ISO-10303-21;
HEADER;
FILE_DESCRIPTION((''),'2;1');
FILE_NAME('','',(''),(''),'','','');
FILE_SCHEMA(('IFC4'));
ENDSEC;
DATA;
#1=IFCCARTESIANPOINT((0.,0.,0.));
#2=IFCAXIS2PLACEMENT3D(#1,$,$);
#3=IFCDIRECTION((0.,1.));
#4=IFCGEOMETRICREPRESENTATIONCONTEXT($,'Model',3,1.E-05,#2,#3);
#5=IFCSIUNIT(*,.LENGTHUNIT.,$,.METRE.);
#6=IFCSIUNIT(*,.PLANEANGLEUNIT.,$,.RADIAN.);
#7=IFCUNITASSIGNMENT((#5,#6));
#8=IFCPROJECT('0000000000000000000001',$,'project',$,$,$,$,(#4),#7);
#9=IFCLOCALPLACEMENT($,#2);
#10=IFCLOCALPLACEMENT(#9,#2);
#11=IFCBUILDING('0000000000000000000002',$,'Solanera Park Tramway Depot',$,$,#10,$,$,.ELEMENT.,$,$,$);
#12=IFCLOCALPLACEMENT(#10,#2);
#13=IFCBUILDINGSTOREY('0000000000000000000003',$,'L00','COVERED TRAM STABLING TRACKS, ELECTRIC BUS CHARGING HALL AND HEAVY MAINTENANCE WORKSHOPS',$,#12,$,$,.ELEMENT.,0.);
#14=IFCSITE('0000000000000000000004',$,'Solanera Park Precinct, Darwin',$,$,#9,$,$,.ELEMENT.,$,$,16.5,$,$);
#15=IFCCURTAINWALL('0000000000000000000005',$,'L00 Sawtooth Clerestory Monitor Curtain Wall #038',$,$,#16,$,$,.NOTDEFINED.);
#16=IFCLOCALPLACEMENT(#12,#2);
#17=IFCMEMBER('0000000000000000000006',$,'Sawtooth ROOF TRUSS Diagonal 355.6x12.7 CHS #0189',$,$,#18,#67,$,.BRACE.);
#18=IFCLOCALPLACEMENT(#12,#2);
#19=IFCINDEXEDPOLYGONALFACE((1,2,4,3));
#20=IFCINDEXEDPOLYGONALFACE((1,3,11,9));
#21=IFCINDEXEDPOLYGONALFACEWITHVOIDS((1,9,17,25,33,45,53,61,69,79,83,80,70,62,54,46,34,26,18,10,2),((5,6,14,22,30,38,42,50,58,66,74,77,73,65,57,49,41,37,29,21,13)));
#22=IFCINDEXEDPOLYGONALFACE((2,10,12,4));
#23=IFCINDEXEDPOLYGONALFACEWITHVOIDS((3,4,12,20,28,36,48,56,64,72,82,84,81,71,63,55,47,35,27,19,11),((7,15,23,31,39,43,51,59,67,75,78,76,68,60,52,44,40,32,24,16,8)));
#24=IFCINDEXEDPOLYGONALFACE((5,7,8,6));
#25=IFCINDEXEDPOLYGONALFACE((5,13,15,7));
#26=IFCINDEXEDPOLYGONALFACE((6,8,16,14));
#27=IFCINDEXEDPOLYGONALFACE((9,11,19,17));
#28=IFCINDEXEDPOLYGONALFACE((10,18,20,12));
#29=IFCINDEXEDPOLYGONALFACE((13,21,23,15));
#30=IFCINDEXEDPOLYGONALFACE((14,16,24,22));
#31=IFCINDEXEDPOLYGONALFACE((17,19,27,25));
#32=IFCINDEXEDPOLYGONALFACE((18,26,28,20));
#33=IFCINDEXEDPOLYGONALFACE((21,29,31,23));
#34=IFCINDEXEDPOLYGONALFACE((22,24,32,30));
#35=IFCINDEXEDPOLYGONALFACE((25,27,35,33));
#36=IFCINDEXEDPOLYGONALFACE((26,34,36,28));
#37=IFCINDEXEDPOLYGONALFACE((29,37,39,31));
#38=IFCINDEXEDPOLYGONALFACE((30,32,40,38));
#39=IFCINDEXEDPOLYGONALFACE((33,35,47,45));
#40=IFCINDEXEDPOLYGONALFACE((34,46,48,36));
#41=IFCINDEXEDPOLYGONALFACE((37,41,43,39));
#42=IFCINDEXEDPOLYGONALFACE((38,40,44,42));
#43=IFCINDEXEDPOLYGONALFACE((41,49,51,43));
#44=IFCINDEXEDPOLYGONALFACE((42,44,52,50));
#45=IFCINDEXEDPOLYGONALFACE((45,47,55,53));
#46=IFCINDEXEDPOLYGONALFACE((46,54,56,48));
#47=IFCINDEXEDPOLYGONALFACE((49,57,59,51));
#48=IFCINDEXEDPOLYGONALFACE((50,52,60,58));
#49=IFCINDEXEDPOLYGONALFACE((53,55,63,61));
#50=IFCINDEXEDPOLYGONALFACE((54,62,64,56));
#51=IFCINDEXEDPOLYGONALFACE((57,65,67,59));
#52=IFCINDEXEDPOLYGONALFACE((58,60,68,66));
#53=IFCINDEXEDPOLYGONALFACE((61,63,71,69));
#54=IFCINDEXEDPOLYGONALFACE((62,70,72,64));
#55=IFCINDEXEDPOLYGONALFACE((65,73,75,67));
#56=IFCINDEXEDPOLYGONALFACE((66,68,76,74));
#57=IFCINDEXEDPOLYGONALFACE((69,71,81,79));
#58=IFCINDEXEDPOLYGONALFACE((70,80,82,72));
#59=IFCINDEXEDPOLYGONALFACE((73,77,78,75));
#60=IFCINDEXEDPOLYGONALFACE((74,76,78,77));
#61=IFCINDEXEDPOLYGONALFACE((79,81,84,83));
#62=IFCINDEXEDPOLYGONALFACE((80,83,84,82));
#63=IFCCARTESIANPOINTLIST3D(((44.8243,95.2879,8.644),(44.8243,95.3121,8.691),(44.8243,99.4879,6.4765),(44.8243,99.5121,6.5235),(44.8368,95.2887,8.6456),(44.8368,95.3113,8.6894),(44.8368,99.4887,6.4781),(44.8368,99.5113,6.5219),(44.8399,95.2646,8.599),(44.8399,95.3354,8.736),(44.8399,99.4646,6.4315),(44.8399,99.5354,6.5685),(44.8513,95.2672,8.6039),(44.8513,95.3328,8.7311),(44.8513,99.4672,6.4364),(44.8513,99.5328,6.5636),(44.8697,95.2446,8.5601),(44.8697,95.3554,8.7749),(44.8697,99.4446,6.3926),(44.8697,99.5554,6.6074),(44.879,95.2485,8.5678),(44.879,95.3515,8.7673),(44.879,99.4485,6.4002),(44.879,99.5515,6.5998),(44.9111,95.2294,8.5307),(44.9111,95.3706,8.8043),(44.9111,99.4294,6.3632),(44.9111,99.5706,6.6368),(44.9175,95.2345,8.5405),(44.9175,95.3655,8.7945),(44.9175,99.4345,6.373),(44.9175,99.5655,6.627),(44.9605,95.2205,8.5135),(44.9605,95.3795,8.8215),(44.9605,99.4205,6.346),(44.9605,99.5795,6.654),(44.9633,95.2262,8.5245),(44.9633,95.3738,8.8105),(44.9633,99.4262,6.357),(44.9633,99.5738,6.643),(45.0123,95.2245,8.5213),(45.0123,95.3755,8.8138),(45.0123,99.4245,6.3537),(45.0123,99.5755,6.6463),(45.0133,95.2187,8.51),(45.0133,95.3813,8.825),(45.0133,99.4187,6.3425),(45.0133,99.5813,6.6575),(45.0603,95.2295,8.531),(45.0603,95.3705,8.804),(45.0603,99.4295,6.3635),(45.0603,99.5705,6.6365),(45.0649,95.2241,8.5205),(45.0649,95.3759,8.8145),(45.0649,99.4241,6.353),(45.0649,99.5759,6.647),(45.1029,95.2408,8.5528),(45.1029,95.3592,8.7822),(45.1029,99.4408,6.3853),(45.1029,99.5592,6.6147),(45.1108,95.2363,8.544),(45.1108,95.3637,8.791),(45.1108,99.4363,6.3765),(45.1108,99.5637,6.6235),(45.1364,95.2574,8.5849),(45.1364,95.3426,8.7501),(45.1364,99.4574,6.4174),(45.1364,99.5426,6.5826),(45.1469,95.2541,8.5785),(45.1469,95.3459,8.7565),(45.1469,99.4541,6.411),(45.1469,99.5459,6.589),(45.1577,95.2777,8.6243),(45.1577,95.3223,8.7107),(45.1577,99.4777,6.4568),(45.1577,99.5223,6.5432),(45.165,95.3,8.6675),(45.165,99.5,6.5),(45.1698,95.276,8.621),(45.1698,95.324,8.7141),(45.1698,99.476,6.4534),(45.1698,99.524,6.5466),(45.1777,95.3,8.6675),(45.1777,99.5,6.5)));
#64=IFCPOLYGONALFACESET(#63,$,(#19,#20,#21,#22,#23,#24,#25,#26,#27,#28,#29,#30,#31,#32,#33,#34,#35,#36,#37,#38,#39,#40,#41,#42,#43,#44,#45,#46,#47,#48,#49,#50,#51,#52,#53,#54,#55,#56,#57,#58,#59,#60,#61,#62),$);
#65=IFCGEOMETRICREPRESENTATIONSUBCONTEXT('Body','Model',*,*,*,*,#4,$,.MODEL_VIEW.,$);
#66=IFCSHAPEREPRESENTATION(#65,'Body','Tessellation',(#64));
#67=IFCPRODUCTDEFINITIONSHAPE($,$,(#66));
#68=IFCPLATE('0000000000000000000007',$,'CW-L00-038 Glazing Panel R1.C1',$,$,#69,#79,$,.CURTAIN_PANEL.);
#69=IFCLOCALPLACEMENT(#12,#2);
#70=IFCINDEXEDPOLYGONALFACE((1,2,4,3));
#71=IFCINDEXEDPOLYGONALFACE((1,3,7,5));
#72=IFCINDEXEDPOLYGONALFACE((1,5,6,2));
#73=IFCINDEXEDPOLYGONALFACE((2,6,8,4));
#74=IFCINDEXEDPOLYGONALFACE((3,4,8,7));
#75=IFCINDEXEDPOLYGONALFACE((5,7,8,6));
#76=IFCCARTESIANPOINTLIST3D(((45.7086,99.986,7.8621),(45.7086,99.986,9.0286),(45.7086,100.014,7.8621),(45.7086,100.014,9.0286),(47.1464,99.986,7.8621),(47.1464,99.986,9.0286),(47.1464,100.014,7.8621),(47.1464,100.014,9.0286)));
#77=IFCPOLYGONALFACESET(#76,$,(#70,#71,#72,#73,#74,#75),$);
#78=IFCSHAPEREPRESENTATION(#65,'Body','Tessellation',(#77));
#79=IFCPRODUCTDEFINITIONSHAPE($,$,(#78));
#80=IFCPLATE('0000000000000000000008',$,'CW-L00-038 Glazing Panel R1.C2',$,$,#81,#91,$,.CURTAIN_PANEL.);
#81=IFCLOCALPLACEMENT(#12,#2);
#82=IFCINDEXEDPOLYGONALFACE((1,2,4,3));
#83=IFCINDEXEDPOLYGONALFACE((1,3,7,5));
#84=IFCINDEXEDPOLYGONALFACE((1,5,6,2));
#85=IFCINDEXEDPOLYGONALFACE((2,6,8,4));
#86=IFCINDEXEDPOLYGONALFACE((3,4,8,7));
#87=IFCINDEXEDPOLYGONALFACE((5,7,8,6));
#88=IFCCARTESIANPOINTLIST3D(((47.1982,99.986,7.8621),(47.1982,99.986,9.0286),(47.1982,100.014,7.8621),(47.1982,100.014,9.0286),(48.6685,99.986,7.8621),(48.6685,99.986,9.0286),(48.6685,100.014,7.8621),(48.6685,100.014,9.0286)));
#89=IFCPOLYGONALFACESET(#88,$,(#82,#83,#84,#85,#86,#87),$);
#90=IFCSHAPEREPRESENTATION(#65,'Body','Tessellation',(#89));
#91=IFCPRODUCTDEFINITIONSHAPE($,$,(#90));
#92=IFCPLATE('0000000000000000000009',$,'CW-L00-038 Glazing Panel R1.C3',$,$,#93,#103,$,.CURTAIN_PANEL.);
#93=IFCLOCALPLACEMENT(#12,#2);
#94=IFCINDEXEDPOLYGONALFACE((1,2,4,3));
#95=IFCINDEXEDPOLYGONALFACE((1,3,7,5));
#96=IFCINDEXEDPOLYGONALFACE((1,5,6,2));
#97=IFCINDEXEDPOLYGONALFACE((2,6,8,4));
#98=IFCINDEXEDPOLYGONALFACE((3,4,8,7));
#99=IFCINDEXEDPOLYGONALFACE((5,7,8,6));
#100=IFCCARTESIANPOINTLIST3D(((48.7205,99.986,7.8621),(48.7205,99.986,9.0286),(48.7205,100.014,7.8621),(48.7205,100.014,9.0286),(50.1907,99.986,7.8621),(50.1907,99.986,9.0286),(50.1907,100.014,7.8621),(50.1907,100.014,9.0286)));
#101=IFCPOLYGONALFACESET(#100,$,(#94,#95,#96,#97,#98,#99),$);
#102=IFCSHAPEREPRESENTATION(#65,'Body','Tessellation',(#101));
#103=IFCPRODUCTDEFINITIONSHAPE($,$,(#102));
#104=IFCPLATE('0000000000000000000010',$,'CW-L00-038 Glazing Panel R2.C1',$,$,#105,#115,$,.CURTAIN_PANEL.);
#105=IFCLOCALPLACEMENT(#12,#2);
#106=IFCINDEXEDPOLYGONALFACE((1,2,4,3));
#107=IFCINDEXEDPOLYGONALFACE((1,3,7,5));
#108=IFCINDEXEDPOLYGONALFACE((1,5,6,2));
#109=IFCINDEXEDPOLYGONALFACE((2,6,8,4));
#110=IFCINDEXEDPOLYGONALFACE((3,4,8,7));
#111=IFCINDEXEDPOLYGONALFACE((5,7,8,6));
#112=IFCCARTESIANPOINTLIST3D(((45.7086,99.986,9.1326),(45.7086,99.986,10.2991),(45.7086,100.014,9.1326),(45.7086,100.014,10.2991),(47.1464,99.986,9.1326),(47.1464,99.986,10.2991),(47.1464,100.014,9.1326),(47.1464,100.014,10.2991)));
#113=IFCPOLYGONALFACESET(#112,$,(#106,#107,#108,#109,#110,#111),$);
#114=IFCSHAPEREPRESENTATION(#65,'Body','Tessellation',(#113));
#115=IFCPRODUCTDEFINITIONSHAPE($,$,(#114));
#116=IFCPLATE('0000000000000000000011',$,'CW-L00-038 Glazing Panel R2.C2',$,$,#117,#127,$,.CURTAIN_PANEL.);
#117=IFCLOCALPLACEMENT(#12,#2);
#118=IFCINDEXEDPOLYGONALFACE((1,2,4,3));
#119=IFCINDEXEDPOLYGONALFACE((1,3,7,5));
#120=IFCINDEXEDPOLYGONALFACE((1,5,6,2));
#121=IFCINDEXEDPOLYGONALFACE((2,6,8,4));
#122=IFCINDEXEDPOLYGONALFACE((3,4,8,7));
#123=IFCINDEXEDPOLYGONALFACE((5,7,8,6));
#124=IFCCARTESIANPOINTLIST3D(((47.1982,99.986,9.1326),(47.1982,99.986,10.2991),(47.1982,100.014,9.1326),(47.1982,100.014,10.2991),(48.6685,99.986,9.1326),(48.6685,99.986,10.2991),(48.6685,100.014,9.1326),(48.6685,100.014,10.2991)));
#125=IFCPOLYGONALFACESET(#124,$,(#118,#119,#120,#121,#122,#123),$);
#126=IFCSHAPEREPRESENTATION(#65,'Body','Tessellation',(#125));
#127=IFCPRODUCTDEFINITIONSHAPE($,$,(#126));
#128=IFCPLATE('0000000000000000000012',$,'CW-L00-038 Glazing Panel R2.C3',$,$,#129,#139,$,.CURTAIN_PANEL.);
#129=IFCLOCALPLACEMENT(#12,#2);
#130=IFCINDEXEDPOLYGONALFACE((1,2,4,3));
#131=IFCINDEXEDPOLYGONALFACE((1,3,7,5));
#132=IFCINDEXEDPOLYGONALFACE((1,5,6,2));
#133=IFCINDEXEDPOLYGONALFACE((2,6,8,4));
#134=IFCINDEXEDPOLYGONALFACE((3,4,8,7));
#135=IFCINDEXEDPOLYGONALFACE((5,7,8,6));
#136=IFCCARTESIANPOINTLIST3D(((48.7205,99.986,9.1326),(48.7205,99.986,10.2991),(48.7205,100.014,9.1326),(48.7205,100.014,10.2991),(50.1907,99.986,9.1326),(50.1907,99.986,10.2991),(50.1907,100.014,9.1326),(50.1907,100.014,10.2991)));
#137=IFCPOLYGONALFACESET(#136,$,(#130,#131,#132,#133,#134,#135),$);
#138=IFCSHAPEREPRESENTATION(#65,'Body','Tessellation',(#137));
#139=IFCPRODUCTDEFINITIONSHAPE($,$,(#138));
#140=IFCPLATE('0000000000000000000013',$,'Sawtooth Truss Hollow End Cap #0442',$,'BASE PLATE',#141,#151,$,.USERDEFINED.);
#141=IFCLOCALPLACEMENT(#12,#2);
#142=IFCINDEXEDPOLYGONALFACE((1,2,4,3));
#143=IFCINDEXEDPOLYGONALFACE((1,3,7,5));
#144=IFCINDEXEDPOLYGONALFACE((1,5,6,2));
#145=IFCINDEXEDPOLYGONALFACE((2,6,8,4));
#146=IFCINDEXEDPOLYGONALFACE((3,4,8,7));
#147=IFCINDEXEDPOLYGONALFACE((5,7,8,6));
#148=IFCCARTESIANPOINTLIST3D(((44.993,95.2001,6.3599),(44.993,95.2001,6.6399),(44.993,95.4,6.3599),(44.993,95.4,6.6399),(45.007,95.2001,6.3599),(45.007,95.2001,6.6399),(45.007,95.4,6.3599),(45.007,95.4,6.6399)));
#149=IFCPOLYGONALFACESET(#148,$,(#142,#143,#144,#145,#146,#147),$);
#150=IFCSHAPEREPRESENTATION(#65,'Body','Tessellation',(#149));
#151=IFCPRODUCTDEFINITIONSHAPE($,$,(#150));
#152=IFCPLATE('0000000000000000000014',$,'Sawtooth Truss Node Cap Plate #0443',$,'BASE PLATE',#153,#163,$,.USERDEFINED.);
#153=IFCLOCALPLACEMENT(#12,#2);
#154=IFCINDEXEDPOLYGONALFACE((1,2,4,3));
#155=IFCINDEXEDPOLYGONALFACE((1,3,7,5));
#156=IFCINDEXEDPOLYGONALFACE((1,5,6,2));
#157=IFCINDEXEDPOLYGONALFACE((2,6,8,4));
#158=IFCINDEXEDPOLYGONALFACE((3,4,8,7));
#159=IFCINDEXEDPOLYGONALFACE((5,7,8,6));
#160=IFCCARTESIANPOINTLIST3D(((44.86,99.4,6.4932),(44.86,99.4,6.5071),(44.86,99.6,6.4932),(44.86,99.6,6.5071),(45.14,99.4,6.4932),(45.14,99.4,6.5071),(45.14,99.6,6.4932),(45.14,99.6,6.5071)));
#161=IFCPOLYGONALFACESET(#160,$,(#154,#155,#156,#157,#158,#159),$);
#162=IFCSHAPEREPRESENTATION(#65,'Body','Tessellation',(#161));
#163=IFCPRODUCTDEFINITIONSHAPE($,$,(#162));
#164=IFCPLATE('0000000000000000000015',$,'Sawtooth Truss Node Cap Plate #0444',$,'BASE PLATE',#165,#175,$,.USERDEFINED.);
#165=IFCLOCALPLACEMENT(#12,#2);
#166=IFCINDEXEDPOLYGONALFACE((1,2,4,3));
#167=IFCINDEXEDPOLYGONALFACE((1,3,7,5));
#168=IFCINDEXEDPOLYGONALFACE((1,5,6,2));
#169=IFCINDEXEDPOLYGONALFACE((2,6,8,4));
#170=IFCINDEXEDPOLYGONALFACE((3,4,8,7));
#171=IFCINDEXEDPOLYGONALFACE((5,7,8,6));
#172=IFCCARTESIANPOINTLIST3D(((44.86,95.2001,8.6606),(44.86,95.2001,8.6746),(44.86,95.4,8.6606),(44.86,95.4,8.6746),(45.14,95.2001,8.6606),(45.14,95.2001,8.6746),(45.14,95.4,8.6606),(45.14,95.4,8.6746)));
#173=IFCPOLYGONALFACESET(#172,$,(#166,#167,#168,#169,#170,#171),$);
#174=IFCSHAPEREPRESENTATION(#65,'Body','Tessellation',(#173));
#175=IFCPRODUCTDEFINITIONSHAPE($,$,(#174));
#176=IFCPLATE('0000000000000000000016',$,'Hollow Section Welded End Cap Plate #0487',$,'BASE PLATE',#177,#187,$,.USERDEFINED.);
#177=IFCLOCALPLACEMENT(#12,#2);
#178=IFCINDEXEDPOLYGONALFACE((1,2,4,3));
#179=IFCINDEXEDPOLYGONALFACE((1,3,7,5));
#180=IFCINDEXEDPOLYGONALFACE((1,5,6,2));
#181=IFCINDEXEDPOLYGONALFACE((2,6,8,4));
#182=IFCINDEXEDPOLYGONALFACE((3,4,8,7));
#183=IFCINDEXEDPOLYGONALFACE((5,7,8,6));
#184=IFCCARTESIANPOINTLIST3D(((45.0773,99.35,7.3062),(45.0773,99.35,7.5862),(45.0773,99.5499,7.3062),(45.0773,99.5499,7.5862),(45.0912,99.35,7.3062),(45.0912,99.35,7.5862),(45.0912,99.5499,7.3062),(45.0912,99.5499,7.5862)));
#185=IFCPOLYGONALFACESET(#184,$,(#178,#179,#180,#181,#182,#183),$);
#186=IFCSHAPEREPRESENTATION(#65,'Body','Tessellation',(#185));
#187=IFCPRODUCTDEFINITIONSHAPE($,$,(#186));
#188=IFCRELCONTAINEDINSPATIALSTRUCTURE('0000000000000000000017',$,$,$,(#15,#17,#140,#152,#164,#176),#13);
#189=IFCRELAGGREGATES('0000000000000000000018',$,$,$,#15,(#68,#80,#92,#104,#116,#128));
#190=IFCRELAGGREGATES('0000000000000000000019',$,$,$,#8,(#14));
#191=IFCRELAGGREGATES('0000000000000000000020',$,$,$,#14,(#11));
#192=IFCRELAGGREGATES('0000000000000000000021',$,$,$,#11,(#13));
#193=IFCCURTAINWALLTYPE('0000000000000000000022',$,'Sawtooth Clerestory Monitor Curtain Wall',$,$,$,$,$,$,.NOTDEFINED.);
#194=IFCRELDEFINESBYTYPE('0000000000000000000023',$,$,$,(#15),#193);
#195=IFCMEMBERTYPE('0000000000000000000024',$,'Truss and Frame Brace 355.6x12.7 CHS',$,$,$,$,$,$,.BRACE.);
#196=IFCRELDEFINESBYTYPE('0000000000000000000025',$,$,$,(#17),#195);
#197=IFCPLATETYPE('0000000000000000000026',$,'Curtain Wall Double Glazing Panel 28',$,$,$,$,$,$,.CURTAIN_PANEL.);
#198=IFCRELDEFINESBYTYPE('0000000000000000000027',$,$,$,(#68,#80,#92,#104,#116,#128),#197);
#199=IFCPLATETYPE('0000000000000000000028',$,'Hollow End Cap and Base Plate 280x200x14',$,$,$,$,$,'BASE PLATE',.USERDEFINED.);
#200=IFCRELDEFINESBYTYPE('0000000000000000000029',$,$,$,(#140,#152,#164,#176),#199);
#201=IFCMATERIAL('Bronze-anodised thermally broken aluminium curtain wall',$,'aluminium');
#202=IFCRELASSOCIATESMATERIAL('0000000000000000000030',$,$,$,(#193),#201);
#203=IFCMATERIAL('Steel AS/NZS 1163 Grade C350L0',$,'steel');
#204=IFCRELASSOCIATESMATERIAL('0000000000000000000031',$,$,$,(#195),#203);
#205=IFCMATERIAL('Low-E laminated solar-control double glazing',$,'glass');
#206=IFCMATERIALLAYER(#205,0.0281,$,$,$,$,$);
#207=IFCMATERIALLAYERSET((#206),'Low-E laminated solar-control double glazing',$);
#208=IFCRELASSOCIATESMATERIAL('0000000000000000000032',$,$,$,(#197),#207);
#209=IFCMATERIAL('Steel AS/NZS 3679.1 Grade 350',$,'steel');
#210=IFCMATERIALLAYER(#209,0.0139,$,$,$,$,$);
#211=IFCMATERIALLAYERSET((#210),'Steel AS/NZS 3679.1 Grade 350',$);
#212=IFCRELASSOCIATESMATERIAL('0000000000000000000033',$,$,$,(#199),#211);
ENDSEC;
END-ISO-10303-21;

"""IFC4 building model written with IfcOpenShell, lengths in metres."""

from ifc_helpers import new_model, si_unit, direction, frame, origin, origin_2d, place, context, subcontext, project, spatial, rectangle, hollow_circle, extrude, material, layer, layer_set, material_profile, profile_set, type_object, element, aggregate, save


model = new_model("IFC4")

# Units and contexts
model_context = context("Model", 3, precision=1e-05, world=origin(), true_north=direction((0.0, 1.0)))
body_context = subcontext(model_context, "Body", "Model", "MODEL_VIEW")
ifc_project = project(units=[si_unit("LENGTHUNIT", "METRE"), si_unit("PLANEANGLEUNIT", "RADIAN")], contexts=[model_context])

# Site, building, storey
site_placement = place(None, origin())
site = spatial("IfcSite", under=ifc_project, at=site_placement, Name="Solanera Park Precinct, Darwin", CompositionType="ELEMENT", RefElevation=16.5)
building_placement = place(site_placement, origin())
building = spatial("IfcBuilding", under=site, at=building_placement, Name="Solanera Park Tramway Depot", CompositionType="ELEMENT")
storey_placement = place(building_placement, origin())
storey = spatial("IfcBuildingStorey", under=building, at=storey_placement, Name="L00", Description="COVERED TRAM STABLING TRACKS, ELECTRIC BUS CHARGING HALL AND HEAVY MAINTENANCE WORKSHOPS", CompositionType="ELEMENT", Elevation=0.0)

# Curtain wall
ifc_material_1 = material(Name="Bronze-anodised thermally broken aluminium curtain wall", Category="aluminium")
curtain_wall_type = type_object("IfcCurtainWallType", Name="Sawtooth Clerestory Monitor Curtain Wall", PredefinedType="NOTDEFINED", material=ifc_material_1)
curtain_wall_placement = place(storey_placement, origin())
curtain_wall = element("IfcCurtainWall", 1, at=curtain_wall_placement, inside=storey, type_object=curtain_wall_type, Name="L00 Sawtooth Clerestory Monitor Curtain Wall #038", PredefinedType="NOTDEFINED")

# Member
ifc_material_2 = material(Name="Steel AS/NZS 1163 Grade C350L0", Category="steel")
ifc_material_profile_1 = material_profile(ifc_material_2, hollow_circle(Radius=0.1777, WallThickness=0.0127, at=origin_2d()), Name="355.6x12.7 CHS")
ifc_profile_set_1 = profile_set([ifc_material_profile_1], Name="Steel AS/NZS 1163 Grade C350L0")
member_type_1 = type_object("IfcMemberType", Name="Truss and Frame Brace 355.6x12.7 CHS", PredefinedType="BRACE", material=ifc_profile_set_1)
member_1_placement = place(storey_placement, frame((45.0, 99.5, 6.5), z_axis=(0.0, -0.888641, 0.458603), x_axis=(1.0, 0.0, 0.0)))
element("IfcMember", 2, at=member_1_placement, inside=storey, type_object=member_type_1, Name="Sawtooth ROOF TRUSS Diagonal 355.6x12.7 CHS #0189", PredefinedType="BRACE", context=body_context, shape_type="SweptSolid", body=[
    extrude(hollow_circle(Radius=0.1777, WallThickness=0.0127, at=origin_2d()), origin(), (0.0, 0.0, 1.0), 4.7263),
])

# Plates
ifc_material_3 = material(Name="Low-E laminated solar-control double glazing", Category="glass")
ifc_layer_1 = layer(ifc_material_3, 0.0281)
ifc_layer_set_1 = layer_set([ifc_layer_1], Name="Low-E laminated solar-control double glazing")
plate_type_1 = type_object("IfcPlateType", Name="Curtain Wall Double Glazing Panel 28", PredefinedType="CURTAIN_PANEL", material=ifc_layer_set_1)
plate_1_placement = place(storey_placement, frame((46.4275, 100.0, 7.8621), z_axis=(0.0, 0.0, 1.0), x_axis=(1.0, 0.0, 0.0)))
plate_1 = element("IfcPlate", 3, at=plate_1_placement, type_object=plate_type_1, Name="CW-L00-038 Glazing Panel R1.C1", PredefinedType="CURTAIN_PANEL", context=body_context, shape_type="SweptSolid", body=[
    extrude(rectangle(XDim=1.4377, YDim=0.0281, at=origin_2d()), origin(), (0.0, 0.0, 1.0), 1.1665),
])
plate_2_placement = place(storey_placement, frame((47.9333, 100.0, 7.8621), z_axis=(0.0, 0.0, 1.0), x_axis=(1.0, 0.0, 0.0)))
plate_2 = element("IfcPlate", 4, at=plate_2_placement, type_object=plate_type_1, Name="CW-L00-038 Glazing Panel R1.C2", PredefinedType="CURTAIN_PANEL", context=body_context, shape_type="SweptSolid", body=[
    extrude(rectangle(XDim=1.4702, YDim=0.0281, at=origin_2d()), origin(), (0.0, 0.0, 1.0), 1.1665),
])
plate_3_placement = place(storey_placement, frame((49.4556, 100.0, 7.8621), z_axis=(0.0, 0.0, 1.0), x_axis=(1.0, 0.0, 0.0)))
plate_3 = element("IfcPlate", 5, at=plate_3_placement, type_object=plate_type_1, Name="CW-L00-038 Glazing Panel R1.C3", PredefinedType="CURTAIN_PANEL", context=body_context, shape_type="SweptSolid", body=[
    extrude(rectangle(XDim=1.4702, YDim=0.0281, at=origin_2d()), origin(), (0.0, 0.0, 1.0), 1.1665),
])
plate_4_placement = place(storey_placement, frame((46.4275, 100.0, 9.1326), z_axis=(0.0, 0.0, 1.0), x_axis=(1.0, 0.0, 0.0)))
plate_4 = element("IfcPlate", 6, at=plate_4_placement, type_object=plate_type_1, Name="CW-L00-038 Glazing Panel R2.C1", PredefinedType="CURTAIN_PANEL", context=body_context, shape_type="SweptSolid", body=[
    extrude(rectangle(XDim=1.4377, YDim=0.0281, at=origin_2d()), origin(), (0.0, 0.0, 1.0), 1.1665),
])
plate_5_placement = place(storey_placement, frame((47.9333, 100.0, 9.1326), z_axis=(0.0, 0.0, 1.0), x_axis=(1.0, 0.0, 0.0)))
plate_5 = element("IfcPlate", 7, at=plate_5_placement, type_object=plate_type_1, Name="CW-L00-038 Glazing Panel R2.C2", PredefinedType="CURTAIN_PANEL", context=body_context, shape_type="SweptSolid", body=[
    extrude(rectangle(XDim=1.4702, YDim=0.0281, at=origin_2d()), origin(), (0.0, 0.0, 1.0), 1.1665),
])
plate_6_placement = place(storey_placement, frame((49.4556, 100.0, 9.1326), z_axis=(0.0, 0.0, 1.0), x_axis=(1.0, 0.0, 0.0)))
plate_6 = element("IfcPlate", 8, at=plate_6_placement, type_object=plate_type_1, Name="CW-L00-038 Glazing Panel R2.C3", PredefinedType="CURTAIN_PANEL", context=body_context, shape_type="SweptSolid", body=[
    extrude(rectangle(XDim=1.4702, YDim=0.0281, at=origin_2d()), origin(), (0.0, 0.0, 1.0), 1.1665),
])
aggregate(curtain_wall, [plate_1, plate_2, plate_3, plate_4, plate_5, plate_6])

# Plates
ifc_material_4 = material(Name="Steel AS/NZS 3679.1 Grade 350", Category="steel")
ifc_layer_2 = layer(ifc_material_4, 0.0139)
ifc_layer_set_2 = layer_set([ifc_layer_2], Name="Steel AS/NZS 3679.1 Grade 350")
plate_type_2 = type_object("IfcPlateType", Name="Hollow End Cap and Base Plate 280x200x14", ElementType="BASE PLATE", PredefinedType="USERDEFINED", material=ifc_layer_set_2)
plate_7_placement = place(storey_placement, frame((45.0, 95.3, 6.3599), z_axis=(0.0, 0.0, 1.0), x_axis=(1.0, 0.0, 0.0)))
element("IfcPlate", 9, at=plate_7_placement, inside=storey, type_object=plate_type_2, Name="Sawtooth Truss Hollow End Cap #0442", ObjectType="BASE PLATE", PredefinedType="USERDEFINED", context=body_context, shape_type="SweptSolid", body=[
    extrude(rectangle(XDim=0.0139, YDim=0.2, at=origin_2d()), origin(), (0.0, 0.0, 1.0), 0.28),
])
for number, where, z_axis, x_axis, name in (
    (10, (45.0, 99.5, 6.4932), (0.0, 0.0, 1.0), (1.0, 0.0, 0.0), "Sawtooth Truss Node Cap Plate #0443"),
    (11, (45.0, 95.3, 8.6606), (0.0, 0.0, 1.0), (1.0, 0.0, 0.0), "Sawtooth Truss Node Cap Plate #0444"),
):
    element("IfcPlate", number, at=place(storey_placement, frame(where, z_axis=z_axis, x_axis=x_axis)), inside=storey, type_object=plate_type_2, Name=name, ObjectType="BASE PLATE", PredefinedType="USERDEFINED", context=body_context, shape_type="SweptSolid", body=[
        extrude(rectangle(XDim=0.28, YDim=0.2, at=origin_2d()), origin(), (0.0, 0.0, 1.0), 0.0139),
    ])
plate_8_placement = place(storey_placement, frame((45.0842, 99.45, 7.3062), z_axis=(0.0, 0.0, 1.0), x_axis=(1.0, 0.0, 0.0)))
element("IfcPlate", 12, at=plate_8_placement, inside=storey, type_object=plate_type_2, Name="Hollow Section Welded End Cap Plate #0487", ObjectType="BASE PLATE", PredefinedType="USERDEFINED", context=body_context, shape_type="SweptSolid", body=[
    extrude(rectangle(XDim=0.0139, YDim=0.2, at=origin_2d()), origin(), (0.0, 0.0, 1.0), 0.28),
])

save(model, "model.ifc")
